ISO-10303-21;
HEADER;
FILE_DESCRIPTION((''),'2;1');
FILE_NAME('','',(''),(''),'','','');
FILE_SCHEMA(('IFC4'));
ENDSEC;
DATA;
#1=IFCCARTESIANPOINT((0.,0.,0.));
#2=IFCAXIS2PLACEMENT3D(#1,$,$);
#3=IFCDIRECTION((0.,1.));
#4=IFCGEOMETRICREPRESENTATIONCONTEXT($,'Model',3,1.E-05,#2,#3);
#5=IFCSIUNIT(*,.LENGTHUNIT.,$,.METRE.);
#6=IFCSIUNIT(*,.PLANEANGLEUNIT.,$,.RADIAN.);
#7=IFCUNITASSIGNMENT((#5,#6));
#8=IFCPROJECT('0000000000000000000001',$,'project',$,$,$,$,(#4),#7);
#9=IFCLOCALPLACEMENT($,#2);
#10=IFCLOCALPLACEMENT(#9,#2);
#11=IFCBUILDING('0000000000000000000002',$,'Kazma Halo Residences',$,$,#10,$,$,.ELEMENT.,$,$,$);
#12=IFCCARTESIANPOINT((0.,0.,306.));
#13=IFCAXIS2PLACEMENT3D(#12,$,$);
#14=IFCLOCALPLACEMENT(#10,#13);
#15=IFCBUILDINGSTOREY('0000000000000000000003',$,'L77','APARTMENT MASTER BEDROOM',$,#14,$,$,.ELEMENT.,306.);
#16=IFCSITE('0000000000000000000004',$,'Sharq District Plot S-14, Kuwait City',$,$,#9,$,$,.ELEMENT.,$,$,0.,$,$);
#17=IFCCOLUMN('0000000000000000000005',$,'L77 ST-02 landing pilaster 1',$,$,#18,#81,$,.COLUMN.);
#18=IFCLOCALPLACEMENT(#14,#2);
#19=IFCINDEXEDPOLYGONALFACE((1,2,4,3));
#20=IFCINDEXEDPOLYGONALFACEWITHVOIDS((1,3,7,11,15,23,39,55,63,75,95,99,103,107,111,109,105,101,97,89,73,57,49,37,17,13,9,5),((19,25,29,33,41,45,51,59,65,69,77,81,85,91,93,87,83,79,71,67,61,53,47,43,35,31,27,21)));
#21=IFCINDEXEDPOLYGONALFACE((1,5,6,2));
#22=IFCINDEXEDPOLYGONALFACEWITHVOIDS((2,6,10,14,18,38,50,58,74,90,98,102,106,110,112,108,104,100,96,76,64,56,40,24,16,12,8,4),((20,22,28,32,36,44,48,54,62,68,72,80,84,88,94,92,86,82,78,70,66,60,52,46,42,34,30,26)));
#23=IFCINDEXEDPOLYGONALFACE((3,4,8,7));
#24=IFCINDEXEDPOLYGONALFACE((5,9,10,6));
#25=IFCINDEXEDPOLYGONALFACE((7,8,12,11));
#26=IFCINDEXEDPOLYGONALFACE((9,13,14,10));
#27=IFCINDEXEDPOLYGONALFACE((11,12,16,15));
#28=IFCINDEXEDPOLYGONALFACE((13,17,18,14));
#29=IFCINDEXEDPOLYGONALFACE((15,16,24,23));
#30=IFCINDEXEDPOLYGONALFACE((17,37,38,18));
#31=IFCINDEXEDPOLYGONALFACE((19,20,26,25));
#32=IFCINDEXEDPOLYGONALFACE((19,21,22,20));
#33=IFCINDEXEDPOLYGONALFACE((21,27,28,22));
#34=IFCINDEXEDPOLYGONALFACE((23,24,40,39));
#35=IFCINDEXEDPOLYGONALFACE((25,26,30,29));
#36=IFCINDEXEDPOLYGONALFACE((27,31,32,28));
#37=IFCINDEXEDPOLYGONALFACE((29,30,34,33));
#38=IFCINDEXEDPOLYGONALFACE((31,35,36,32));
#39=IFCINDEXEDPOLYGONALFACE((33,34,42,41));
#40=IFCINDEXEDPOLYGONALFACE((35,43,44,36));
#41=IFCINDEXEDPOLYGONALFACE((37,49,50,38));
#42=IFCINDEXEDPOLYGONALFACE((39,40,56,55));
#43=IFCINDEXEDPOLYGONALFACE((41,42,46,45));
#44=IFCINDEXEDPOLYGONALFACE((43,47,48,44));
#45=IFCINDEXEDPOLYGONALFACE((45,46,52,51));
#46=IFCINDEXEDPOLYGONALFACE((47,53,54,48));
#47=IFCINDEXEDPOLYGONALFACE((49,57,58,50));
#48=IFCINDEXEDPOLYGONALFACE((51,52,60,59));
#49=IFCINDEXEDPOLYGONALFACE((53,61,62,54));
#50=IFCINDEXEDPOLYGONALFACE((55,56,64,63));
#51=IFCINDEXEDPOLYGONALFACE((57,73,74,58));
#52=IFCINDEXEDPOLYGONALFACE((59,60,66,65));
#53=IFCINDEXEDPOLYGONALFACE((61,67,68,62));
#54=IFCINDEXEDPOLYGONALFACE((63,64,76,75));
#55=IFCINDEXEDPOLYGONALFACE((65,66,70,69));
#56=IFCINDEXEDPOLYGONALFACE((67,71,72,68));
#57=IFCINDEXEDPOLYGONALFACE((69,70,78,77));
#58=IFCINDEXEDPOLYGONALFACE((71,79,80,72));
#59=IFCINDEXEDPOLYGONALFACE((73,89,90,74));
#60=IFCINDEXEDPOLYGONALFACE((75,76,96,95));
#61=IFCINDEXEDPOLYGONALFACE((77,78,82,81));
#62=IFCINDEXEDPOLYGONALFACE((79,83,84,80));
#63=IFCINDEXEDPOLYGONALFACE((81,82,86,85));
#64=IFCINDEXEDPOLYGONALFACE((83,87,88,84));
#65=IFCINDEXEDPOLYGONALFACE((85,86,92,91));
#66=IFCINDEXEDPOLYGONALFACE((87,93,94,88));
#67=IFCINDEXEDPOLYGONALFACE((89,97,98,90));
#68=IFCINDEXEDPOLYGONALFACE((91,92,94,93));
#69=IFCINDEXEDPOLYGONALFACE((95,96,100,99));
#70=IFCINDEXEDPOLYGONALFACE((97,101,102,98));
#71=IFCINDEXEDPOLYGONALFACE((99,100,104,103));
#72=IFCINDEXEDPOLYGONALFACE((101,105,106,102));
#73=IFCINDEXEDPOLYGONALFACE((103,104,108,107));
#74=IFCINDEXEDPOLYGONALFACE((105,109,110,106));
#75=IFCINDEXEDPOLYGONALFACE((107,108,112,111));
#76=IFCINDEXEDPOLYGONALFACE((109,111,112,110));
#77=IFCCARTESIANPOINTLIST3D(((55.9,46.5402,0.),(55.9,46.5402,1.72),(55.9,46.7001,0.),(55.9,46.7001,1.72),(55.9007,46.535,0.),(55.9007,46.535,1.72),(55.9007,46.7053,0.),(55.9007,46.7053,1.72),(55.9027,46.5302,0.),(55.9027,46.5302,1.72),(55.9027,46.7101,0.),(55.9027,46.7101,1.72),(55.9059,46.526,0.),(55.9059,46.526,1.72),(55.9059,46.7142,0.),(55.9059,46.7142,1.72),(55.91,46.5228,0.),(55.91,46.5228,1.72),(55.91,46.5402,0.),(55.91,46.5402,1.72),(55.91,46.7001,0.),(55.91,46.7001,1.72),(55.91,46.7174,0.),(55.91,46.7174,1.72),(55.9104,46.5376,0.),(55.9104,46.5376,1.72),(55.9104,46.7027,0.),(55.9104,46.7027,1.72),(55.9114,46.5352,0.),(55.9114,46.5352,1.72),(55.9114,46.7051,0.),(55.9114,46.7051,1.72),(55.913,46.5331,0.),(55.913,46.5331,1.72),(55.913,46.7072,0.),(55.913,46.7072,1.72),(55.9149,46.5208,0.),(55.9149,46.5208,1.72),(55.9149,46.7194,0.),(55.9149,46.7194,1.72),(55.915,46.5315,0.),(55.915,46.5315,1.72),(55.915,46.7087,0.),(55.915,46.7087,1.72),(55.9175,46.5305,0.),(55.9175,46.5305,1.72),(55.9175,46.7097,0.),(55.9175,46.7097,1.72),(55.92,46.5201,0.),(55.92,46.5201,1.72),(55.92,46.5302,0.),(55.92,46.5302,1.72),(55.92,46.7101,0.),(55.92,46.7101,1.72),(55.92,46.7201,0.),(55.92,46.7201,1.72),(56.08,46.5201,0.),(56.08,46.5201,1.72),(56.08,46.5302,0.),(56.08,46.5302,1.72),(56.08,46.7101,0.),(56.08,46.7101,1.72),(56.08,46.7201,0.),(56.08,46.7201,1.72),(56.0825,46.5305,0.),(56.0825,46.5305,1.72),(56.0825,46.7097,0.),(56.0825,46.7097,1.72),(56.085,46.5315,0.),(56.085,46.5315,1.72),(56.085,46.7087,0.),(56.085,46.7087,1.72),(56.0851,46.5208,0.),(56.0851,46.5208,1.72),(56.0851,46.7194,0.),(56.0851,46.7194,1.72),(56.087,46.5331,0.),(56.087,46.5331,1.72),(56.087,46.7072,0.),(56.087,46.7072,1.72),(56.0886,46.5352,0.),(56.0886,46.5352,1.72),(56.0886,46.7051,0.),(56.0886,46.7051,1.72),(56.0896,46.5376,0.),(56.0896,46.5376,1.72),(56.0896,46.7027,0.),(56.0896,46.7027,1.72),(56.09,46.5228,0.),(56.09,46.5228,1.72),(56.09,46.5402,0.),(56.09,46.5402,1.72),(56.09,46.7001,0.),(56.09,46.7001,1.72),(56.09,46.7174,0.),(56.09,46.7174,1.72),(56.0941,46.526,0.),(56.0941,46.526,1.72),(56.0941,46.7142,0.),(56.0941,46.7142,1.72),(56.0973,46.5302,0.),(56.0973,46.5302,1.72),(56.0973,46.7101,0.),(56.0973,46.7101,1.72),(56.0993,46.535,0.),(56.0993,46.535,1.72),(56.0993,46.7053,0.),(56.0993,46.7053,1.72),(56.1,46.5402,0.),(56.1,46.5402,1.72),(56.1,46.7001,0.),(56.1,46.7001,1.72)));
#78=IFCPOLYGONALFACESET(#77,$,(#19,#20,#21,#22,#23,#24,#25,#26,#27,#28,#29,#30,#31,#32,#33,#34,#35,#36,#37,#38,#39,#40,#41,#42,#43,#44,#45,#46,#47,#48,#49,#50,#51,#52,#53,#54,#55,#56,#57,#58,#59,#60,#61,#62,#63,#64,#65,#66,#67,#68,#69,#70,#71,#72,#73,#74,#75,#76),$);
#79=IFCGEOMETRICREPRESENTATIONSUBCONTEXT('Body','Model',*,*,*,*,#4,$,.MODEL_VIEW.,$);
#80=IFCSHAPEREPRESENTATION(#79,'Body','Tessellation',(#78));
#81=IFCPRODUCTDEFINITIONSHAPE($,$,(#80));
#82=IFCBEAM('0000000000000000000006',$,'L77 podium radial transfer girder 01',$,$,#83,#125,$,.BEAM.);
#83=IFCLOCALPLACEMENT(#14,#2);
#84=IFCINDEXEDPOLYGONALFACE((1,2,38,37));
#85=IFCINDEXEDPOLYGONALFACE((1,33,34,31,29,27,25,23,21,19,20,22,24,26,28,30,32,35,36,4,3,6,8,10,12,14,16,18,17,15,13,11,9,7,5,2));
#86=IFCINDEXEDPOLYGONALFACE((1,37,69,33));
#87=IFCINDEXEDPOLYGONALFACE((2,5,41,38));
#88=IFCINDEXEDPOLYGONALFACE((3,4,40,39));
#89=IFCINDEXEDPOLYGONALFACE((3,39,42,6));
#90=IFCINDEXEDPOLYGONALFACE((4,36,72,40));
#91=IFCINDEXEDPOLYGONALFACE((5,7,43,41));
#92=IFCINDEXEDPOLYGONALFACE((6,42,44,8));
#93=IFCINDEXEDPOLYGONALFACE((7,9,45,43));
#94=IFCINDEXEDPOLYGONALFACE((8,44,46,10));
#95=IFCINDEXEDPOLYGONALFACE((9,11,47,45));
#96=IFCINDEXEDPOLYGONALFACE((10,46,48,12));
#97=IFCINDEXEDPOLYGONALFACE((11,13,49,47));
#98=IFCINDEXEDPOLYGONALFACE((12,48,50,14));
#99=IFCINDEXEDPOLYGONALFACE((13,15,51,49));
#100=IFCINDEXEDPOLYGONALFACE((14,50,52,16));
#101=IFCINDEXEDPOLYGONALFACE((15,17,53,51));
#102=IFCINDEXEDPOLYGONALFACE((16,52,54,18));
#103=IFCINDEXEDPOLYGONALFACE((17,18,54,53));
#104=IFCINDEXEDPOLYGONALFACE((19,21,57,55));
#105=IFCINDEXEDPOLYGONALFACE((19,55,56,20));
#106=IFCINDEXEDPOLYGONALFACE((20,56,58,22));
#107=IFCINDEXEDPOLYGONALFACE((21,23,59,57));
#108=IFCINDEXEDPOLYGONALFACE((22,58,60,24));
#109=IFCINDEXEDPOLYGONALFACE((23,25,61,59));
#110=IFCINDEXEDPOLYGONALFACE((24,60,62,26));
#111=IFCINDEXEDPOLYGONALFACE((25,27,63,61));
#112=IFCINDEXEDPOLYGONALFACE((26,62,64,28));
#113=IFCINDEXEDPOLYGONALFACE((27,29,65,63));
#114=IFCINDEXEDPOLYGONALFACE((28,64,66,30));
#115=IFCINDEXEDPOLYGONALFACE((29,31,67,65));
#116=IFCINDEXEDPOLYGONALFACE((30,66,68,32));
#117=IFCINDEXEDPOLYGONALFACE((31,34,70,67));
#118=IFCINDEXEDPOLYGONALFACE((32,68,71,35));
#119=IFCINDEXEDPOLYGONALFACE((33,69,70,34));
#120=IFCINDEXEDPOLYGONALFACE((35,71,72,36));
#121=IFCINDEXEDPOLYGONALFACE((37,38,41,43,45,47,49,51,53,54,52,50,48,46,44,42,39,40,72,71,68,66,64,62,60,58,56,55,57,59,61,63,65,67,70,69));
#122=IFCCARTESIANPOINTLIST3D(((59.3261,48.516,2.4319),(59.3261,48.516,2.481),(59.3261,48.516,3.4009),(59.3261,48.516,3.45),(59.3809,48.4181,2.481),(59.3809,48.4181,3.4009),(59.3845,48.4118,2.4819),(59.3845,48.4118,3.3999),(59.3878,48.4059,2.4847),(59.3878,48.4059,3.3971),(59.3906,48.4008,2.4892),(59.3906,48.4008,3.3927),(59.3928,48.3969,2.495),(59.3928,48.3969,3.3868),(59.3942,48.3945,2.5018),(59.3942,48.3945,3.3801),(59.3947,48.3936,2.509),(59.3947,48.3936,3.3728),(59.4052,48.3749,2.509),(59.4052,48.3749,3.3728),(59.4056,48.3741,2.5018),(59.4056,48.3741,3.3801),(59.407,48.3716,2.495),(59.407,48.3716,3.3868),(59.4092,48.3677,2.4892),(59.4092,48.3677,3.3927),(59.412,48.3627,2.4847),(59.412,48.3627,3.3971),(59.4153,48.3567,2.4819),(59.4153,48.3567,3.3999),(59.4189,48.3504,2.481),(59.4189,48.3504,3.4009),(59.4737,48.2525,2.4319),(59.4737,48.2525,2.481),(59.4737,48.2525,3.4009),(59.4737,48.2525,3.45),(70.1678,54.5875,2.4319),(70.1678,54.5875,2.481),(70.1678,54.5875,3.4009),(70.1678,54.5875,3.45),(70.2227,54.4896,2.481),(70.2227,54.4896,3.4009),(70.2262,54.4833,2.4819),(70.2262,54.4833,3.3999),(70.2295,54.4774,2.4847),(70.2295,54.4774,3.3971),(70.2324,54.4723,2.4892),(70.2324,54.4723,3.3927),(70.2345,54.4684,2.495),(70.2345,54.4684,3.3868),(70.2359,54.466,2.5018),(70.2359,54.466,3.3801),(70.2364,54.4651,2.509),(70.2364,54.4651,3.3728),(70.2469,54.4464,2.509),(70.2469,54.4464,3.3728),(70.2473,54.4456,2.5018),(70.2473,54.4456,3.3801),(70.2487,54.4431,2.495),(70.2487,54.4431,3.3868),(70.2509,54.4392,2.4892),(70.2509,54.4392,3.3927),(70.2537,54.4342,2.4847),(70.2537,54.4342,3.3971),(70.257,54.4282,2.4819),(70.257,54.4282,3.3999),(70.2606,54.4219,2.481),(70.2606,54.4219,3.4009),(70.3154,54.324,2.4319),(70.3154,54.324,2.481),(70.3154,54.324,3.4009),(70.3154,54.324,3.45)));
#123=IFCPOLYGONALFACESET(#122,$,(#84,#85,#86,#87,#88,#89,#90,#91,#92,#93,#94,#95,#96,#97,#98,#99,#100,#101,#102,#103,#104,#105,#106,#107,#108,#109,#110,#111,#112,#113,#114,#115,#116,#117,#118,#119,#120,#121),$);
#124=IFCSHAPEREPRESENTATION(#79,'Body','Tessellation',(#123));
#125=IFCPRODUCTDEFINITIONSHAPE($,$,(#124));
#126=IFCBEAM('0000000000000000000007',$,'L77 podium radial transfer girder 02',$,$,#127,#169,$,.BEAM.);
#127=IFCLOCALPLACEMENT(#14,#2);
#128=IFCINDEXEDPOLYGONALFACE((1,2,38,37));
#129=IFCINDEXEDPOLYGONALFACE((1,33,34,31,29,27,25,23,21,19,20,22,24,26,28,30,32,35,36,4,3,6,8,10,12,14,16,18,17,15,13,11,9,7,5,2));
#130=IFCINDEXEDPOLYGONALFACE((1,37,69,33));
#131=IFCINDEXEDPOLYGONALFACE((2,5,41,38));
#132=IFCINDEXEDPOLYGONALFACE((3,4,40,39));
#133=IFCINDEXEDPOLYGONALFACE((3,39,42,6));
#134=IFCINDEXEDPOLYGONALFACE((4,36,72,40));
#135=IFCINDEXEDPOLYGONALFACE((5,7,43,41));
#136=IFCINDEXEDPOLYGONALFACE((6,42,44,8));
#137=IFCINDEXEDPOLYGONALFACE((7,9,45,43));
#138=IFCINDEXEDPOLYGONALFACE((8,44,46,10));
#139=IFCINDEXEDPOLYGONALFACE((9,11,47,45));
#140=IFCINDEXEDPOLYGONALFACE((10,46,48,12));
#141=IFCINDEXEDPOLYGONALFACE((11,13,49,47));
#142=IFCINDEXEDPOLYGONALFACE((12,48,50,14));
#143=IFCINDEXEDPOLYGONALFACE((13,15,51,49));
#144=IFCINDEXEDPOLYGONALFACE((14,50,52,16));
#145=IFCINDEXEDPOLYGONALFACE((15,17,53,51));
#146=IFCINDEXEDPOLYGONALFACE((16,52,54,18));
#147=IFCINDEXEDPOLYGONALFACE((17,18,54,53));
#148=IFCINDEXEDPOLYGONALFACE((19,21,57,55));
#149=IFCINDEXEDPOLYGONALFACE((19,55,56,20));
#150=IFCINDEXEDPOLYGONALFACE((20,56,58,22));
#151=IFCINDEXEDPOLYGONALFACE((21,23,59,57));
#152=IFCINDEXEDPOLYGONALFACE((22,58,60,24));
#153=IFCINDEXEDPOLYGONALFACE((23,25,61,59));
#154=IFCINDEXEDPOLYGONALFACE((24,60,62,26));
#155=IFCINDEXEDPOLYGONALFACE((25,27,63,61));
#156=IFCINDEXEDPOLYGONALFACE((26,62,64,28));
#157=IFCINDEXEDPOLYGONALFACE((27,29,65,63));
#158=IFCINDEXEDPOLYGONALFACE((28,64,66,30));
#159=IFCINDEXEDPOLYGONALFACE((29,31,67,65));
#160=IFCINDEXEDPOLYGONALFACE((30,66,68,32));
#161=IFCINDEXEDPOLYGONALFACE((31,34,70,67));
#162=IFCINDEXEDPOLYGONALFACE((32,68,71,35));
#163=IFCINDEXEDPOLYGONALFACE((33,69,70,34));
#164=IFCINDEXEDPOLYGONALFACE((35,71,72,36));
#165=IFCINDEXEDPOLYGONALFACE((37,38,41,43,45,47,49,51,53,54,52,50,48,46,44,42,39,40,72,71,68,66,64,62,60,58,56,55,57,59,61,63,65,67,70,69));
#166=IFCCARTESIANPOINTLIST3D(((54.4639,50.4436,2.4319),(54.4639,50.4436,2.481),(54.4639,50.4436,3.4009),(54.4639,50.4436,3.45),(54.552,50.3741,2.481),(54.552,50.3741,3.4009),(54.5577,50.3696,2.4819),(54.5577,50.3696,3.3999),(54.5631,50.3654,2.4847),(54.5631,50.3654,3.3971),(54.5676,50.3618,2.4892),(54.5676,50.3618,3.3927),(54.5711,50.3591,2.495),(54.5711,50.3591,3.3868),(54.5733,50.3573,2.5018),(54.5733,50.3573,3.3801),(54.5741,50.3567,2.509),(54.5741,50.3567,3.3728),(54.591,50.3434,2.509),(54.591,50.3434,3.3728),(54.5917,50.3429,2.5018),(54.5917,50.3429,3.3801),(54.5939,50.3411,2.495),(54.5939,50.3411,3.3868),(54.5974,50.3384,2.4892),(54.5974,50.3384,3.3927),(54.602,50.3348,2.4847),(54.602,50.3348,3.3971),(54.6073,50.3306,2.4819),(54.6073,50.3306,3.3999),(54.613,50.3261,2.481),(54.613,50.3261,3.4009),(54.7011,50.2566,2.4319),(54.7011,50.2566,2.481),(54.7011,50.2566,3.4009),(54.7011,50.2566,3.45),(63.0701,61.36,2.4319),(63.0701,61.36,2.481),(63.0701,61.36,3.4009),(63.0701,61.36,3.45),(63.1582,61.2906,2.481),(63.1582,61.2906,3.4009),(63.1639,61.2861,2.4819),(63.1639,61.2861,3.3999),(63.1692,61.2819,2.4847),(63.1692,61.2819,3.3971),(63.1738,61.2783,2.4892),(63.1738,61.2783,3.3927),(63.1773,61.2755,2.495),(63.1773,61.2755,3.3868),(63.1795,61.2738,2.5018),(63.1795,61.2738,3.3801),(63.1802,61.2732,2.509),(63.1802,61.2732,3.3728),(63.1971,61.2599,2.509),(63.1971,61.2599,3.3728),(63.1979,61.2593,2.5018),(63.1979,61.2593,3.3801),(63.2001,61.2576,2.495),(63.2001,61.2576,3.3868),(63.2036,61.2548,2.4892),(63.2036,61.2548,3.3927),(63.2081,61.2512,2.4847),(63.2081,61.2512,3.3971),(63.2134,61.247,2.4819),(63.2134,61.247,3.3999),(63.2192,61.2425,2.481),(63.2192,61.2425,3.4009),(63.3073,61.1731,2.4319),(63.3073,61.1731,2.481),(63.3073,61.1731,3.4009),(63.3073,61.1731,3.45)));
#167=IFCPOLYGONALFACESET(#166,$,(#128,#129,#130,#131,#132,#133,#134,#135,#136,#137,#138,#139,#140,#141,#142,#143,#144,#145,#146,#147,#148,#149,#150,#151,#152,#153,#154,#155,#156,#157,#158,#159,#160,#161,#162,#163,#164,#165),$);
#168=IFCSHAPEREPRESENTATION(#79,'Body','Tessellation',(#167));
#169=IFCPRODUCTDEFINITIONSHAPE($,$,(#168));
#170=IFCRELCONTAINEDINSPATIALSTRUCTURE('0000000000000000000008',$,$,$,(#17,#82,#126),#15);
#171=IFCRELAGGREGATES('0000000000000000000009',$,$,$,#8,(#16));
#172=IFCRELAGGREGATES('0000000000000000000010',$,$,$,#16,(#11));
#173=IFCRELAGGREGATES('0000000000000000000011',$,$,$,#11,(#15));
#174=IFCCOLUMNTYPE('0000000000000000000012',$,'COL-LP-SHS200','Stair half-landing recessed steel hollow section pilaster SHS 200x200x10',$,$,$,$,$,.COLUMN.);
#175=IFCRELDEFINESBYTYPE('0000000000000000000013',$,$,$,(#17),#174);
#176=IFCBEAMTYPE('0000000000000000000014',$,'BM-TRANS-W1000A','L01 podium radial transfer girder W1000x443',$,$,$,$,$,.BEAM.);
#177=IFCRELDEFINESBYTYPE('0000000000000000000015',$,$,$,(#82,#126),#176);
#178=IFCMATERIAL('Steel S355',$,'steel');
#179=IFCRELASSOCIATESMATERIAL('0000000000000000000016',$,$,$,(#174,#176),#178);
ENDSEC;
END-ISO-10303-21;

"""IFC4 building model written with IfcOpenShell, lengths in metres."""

from ifc_helpers import new_model, si_unit, direction, frame, origin, origin_2d, place, context, subcontext, project, spatial, hollow_rectangle, i_section, extrude, material, material_profile, profile_set, type_object, element, save


model = new_model("IFC4")

# Units and contexts
model_context = context("Model", 3, precision=1e-05, world=origin(), true_north=direction((0.0, 1.0)))
body_context = subcontext(model_context, "Body", "Model", "MODEL_VIEW")
ifc_project = project(units=[si_unit("LENGTHUNIT", "METRE"), si_unit("PLANEANGLEUNIT", "RADIAN")], contexts=[model_context])

# Site, building, storey
site_placement = place(None, origin())
site = spatial("IfcSite", under=ifc_project, at=site_placement, Name="Sharq District Plot S-14, Kuwait City", CompositionType="ELEMENT", RefElevation=0.0)
building_placement = place(site_placement, origin())
building = spatial("IfcBuilding", under=site, at=building_placement, Name="Kazma Halo Residences", CompositionType="ELEMENT")
storey_placement = place(building_placement, frame((0.0, 0.0, 306.0)))
storey = spatial("IfcBuildingStorey", under=building, at=storey_placement, Name="L77", Description="APARTMENT MASTER BEDROOM", CompositionType="ELEMENT", Elevation=306.0)

# Column
ifc_material_1 = material(Name="Steel S355", Category="steel")
ifc_material_profile_1 = material_profile(ifc_material_1, hollow_rectangle(XDim=0.2, YDim=0.2, WallThickness=0.01, InnerFilletRadius=0.01, OuterFilletRadius=0.02, at=origin_2d()), Name="SHS200x200x10")
ifc_profile_set_1 = profile_set([ifc_material_profile_1], Name="Steel S355")
column_type = type_object("IfcColumnType", Name="COL-LP-SHS200", Description="Stair half-landing recessed steel hollow section pilaster SHS 200x200x10", PredefinedType="COLUMN", material=ifc_profile_set_1)
column_placement = place(storey_placement, frame((56.0, 46.6201, 0.0), z_axis=(0.0, 0.0, 1.0), x_axis=(1.0, 0.0, 0.0)))
element("IfcColumn", 1, at=column_placement, inside=storey, type_object=column_type, Name="L77 ST-02 landing pilaster 1", PredefinedType="COLUMN", context=body_context, shape_type="SweptSolid", body=[
    extrude(hollow_rectangle(XDim=0.2, YDim=0.2, WallThickness=0.01, InnerFilletRadius=0.01, OuterFilletRadius=0.02, at=origin_2d()), origin(), (0.0, 0.0, 1.0), 1.72),
])

# Beams
ifc_material_profile_2 = material_profile(ifc_material_1, i_section(OverallWidth=0.302, OverallDepth=1.0181, WebThickness=0.0215, FlangeThickness=0.0491, FilletRadius=0.0281, at=origin_2d()), Name="W1000x443")
ifc_profile_set_2 = profile_set([ifc_material_profile_2], Name="Steel S355")
beam_type_1 = type_object("IfcBeamType", Name="BM-TRANS-W1000A", Description="L01 podium radial transfer girder W1000x443", PredefinedType="BEAM", material=ifc_profile_set_2)
beam_1_placement = place(storey_placement, frame((59.3999, 48.3843, 2.9409), z_axis=(0.872502, 0.488611, 0.0), x_axis=(-0.488611, 0.872502, 0.0)))
element("IfcBeam", 2, at=beam_1_placement, inside=storey, type_object=beam_type_1, Name="L77 podium radial transfer girder 01", PredefinedType="BEAM", context=body_context, shape_type="SweptSolid", body=[
    extrude(i_section(OverallWidth=0.302, OverallDepth=1.0181, WebThickness=0.0215, FlangeThickness=0.0491, FilletRadius=0.0281, at=origin_2d()), origin(), (0.0, 0.0, 1.0), 12.426),
])
beam_2_placement = place(storey_placement, frame((54.5825, 50.3501, 2.9409), z_axis=(0.619108, 0.785306, 0.0), x_axis=(-0.785306, 0.619108, 0.0)))
element("IfcBeam", 3, at=beam_2_placement, inside=storey, type_object=beam_type_1, Name="L77 podium radial transfer girder 02", PredefinedType="BEAM", context=body_context, shape_type="SweptSolid", body=[
    extrude(i_section(OverallWidth=0.302, OverallDepth=1.0181, WebThickness=0.0215, FlangeThickness=0.0491, FilletRadius=0.0281, at=origin_2d()), origin(), (0.0, 0.0, 1.0), 13.9009),
])

save(model, "model.ifc")
